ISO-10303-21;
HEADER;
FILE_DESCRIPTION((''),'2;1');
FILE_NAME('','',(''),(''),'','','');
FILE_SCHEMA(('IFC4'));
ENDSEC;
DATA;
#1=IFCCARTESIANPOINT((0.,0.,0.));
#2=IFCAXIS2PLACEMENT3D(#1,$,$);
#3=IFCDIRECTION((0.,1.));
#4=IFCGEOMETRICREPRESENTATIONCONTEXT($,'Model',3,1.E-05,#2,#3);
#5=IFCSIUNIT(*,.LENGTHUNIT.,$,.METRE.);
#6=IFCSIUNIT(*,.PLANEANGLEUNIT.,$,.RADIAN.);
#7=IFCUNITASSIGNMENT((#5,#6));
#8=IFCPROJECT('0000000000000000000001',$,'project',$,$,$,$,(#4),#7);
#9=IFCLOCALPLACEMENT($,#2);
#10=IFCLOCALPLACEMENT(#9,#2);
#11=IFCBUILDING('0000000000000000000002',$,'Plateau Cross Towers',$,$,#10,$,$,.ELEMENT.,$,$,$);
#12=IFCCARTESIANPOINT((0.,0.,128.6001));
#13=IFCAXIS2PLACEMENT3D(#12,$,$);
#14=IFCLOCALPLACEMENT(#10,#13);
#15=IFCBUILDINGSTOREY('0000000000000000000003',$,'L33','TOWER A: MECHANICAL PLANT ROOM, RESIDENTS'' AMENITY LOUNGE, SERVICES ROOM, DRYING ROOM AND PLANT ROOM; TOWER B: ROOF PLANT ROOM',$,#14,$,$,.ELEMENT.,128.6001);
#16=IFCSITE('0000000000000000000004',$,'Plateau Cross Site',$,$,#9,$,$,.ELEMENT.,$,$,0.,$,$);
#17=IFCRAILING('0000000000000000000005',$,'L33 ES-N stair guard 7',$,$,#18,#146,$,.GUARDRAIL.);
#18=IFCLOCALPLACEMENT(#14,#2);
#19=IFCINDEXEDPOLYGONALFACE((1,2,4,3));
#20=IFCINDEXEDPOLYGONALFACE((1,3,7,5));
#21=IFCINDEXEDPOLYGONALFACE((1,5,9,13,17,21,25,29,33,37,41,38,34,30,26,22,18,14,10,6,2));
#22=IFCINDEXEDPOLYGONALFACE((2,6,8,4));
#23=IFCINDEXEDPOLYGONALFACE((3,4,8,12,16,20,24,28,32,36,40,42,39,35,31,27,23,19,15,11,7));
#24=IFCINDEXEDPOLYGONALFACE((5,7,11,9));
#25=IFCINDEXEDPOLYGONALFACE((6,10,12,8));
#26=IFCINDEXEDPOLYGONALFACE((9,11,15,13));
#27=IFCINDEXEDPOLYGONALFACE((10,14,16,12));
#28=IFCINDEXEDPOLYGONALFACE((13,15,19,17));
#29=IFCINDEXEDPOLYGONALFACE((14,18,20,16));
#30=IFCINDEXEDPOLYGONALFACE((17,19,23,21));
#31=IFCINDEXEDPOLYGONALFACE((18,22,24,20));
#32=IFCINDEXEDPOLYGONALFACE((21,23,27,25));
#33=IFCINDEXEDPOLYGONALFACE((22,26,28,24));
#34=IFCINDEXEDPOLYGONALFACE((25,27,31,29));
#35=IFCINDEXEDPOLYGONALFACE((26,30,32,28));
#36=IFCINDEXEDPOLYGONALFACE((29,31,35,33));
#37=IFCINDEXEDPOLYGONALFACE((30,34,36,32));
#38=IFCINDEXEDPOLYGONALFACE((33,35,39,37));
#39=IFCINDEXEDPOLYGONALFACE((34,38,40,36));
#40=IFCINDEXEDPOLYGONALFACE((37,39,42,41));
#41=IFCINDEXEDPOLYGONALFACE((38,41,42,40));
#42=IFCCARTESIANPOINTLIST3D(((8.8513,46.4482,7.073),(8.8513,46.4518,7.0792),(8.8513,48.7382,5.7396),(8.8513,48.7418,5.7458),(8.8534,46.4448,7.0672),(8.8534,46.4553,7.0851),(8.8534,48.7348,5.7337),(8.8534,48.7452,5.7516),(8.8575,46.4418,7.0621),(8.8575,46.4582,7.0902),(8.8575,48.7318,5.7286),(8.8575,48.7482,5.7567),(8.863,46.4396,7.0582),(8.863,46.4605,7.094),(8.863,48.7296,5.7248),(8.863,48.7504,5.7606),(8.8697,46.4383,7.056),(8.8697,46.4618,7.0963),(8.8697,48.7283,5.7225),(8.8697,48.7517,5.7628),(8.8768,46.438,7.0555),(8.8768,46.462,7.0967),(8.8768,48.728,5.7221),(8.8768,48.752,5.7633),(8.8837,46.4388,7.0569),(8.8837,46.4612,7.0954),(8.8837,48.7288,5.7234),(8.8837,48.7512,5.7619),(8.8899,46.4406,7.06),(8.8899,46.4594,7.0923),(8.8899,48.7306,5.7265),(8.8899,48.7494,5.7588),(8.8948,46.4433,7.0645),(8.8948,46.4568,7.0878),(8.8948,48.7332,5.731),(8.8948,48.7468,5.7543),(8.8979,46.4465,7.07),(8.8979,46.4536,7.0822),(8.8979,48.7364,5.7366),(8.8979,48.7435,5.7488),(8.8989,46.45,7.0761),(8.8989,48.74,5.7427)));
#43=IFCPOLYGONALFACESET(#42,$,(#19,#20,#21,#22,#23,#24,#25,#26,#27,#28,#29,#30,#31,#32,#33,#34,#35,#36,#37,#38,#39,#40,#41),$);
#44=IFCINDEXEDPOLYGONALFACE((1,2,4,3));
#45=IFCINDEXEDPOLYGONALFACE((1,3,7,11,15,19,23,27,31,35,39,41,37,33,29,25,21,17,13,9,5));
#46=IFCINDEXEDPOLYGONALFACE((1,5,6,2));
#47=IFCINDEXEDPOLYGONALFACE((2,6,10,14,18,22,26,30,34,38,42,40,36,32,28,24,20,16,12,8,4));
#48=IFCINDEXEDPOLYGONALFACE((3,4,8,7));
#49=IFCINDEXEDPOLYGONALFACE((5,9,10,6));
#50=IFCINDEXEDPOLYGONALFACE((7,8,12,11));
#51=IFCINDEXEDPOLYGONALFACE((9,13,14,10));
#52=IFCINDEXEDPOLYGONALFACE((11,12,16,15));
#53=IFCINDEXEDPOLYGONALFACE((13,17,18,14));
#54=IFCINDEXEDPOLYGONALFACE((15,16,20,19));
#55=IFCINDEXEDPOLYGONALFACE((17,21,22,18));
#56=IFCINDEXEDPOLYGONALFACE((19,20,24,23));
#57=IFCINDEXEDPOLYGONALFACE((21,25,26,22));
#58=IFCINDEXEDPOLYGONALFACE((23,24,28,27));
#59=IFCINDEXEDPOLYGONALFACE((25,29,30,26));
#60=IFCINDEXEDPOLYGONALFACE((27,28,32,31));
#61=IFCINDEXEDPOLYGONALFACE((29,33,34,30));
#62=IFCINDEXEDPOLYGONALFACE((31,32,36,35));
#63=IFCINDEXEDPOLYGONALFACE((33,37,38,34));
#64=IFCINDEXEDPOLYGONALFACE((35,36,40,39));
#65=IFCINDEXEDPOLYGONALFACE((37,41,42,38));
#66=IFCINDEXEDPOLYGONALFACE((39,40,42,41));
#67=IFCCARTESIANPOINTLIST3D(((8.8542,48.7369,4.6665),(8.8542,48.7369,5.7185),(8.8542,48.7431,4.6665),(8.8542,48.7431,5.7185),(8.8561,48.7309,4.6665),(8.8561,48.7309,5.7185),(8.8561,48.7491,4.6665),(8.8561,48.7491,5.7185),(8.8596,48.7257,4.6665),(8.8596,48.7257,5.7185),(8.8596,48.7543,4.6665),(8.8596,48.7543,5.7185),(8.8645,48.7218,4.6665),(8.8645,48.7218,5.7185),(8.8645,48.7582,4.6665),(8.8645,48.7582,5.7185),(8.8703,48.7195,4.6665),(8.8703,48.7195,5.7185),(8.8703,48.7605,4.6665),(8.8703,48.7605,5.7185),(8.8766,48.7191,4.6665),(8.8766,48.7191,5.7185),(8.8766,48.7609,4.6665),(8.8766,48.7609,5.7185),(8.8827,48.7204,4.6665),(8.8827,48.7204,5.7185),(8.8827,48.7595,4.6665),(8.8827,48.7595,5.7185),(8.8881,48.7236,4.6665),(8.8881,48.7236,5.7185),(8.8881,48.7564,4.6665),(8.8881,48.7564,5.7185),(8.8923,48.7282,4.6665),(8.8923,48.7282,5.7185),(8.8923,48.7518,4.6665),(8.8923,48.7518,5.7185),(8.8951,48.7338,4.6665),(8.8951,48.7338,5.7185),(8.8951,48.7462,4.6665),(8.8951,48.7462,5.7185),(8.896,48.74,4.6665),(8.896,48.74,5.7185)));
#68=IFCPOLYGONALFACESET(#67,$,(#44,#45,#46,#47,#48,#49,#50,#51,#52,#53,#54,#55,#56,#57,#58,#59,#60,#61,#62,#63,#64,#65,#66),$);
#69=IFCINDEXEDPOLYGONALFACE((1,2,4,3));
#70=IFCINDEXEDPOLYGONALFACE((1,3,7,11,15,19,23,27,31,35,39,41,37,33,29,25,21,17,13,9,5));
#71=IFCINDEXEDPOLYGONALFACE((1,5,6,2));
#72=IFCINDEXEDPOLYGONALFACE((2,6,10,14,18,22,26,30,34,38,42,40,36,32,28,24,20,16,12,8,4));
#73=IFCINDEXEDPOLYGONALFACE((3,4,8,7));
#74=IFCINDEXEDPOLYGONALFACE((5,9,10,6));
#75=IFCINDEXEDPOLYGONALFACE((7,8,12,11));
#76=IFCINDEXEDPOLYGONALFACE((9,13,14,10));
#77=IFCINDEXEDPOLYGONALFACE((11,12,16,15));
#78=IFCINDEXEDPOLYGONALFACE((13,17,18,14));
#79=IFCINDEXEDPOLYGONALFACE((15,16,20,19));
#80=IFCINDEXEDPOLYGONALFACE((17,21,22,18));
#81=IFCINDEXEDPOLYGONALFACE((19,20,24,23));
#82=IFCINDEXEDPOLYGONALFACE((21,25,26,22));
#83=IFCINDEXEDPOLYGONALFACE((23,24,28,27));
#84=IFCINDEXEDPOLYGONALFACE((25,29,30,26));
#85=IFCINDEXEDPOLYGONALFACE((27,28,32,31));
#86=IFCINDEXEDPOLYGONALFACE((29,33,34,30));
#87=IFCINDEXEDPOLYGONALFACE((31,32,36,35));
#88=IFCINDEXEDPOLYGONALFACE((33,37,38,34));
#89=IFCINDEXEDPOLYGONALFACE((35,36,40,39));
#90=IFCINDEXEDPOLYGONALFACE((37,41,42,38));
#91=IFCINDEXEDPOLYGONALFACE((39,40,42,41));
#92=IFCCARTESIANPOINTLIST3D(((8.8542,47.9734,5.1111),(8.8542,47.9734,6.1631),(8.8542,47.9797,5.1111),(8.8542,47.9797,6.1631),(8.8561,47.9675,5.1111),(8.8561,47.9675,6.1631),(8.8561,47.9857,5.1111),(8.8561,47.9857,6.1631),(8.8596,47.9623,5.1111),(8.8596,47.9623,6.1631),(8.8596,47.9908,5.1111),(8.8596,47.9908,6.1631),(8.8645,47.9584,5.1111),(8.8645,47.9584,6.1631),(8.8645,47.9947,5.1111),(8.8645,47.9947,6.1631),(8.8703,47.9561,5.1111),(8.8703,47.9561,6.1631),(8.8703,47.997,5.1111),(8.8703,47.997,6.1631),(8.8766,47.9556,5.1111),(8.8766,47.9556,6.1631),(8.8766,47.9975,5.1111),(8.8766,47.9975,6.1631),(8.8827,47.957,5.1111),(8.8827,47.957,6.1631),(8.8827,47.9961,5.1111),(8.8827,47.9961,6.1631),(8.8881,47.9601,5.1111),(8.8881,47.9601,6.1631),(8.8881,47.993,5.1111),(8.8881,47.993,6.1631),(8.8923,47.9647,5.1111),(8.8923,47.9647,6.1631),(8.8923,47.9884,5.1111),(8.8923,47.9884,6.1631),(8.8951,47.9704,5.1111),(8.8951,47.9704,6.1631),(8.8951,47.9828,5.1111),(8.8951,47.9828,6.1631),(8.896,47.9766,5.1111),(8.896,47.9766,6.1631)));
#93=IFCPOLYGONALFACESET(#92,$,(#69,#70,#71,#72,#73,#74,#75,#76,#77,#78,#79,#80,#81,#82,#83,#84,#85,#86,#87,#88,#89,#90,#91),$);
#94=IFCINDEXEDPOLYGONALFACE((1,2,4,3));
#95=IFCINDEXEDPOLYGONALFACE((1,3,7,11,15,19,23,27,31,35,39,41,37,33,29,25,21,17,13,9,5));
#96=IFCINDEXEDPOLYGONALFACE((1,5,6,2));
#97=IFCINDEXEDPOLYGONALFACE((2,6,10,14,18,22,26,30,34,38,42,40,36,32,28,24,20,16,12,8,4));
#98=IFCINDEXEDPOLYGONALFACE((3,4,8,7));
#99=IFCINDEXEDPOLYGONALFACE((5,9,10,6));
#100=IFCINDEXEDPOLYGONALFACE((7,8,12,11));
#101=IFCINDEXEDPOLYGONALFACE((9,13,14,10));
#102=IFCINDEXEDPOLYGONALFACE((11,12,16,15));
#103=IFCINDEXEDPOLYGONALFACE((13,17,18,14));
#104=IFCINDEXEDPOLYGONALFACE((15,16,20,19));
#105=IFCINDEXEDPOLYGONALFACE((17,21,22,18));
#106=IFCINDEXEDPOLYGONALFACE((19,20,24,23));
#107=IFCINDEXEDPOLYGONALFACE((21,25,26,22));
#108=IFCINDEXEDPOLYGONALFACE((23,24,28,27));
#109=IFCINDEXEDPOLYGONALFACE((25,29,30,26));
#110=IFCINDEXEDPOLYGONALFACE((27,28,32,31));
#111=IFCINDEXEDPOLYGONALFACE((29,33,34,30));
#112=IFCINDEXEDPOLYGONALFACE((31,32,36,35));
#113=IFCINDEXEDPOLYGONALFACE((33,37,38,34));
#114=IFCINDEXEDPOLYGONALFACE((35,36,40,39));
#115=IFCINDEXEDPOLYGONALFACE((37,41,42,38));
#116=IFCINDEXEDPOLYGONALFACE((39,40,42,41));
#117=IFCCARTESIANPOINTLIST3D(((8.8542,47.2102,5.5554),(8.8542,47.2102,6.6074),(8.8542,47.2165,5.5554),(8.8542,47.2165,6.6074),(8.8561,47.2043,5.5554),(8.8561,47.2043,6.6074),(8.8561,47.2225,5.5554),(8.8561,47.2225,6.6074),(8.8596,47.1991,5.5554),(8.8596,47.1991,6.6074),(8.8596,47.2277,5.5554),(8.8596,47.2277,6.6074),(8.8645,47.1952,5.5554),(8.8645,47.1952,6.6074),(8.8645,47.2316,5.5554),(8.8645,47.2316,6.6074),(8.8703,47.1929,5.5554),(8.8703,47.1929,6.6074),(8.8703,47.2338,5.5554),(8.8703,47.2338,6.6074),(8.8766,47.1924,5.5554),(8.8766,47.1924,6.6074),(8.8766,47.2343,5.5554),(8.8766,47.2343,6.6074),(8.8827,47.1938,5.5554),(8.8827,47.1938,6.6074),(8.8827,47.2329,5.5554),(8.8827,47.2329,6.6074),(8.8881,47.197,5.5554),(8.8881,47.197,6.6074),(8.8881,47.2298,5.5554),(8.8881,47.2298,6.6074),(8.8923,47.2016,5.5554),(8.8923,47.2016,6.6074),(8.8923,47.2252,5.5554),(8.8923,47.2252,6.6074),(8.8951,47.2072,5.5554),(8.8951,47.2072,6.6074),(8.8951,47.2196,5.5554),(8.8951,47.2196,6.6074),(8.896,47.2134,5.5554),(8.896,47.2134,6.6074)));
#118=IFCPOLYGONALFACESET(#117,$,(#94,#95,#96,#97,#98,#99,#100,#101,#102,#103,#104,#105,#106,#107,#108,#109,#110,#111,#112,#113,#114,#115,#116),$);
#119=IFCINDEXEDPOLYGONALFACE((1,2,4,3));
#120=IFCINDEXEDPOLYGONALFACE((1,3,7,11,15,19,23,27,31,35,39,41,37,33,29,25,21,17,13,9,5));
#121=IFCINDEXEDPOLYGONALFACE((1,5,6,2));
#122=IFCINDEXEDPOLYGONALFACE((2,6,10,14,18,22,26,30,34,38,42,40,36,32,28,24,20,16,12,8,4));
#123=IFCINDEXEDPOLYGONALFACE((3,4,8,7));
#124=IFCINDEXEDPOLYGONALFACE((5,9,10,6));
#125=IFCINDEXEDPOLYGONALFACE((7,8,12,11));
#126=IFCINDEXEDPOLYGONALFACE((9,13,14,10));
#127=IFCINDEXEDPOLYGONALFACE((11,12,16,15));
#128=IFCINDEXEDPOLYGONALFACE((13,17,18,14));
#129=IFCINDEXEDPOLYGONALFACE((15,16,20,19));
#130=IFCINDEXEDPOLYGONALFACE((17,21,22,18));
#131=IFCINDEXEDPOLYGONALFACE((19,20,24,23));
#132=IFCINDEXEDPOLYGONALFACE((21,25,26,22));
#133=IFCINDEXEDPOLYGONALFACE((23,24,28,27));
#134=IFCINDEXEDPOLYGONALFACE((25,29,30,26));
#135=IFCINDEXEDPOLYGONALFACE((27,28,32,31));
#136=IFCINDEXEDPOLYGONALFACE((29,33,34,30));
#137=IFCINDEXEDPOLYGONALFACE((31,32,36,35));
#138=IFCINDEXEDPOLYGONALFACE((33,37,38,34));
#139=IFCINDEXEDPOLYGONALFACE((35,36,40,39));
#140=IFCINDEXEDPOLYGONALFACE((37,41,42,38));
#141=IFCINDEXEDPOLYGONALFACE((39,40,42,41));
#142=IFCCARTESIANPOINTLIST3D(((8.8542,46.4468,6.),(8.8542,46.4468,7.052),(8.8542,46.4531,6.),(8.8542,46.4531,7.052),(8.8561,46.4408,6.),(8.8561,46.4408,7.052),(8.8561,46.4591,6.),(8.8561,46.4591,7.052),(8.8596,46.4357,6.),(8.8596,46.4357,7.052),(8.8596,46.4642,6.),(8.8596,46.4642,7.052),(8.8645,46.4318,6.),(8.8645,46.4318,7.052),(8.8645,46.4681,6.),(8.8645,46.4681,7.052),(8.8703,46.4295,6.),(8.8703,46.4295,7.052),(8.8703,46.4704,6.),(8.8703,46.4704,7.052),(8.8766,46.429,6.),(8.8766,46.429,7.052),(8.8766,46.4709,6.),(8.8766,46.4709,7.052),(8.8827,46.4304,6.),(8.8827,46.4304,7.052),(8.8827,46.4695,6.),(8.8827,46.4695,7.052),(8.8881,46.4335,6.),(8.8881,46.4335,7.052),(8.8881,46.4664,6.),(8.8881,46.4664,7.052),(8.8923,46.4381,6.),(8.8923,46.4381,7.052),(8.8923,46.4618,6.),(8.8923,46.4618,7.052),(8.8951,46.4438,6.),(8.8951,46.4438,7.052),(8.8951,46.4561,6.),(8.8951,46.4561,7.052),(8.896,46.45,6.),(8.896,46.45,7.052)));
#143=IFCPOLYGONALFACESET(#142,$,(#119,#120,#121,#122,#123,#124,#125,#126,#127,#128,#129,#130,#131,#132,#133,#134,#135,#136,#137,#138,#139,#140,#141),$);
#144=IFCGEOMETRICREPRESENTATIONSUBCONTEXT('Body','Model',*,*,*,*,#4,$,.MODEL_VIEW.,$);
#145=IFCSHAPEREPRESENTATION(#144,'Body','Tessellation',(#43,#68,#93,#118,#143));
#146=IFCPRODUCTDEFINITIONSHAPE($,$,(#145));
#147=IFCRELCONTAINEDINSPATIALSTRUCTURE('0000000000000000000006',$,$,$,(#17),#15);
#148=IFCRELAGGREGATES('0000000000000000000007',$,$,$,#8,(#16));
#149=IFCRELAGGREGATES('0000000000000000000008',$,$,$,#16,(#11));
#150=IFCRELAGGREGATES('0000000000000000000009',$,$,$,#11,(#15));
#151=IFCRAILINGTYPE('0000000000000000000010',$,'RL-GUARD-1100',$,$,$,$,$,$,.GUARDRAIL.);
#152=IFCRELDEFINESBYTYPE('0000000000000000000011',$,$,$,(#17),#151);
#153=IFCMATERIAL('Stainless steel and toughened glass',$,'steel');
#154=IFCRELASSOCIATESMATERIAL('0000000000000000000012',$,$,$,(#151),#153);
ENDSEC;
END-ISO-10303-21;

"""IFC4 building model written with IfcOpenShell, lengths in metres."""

from ifc_helpers import new_model, si_unit, direction, frame, origin, origin_2d, place, context, subcontext, project, spatial, circle, extrude, material, type_object, element, save


model = new_model("IFC4")

# Units and contexts
model_context = context("Model", 3, precision=1e-05, world=origin(), true_north=direction((0.0, 1.0)))
body_context = subcontext(model_context, "Body", "Model", "MODEL_VIEW")
ifc_project = project(units=[si_unit("LENGTHUNIT", "METRE"), si_unit("PLANEANGLEUNIT", "RADIAN")], contexts=[model_context])

# Site, building, storey
site_placement = place(None, origin())
site = spatial("IfcSite", under=ifc_project, at=site_placement, Name="Plateau Cross Site", CompositionType="ELEMENT", RefElevation=0.0)
building_placement = place(site_placement, origin())
building = spatial("IfcBuilding", under=site, at=building_placement, Name="Plateau Cross Towers", CompositionType="ELEMENT")
storey_placement = place(building_placement, frame((0.0, 0.0, 128.6001)))
storey = spatial("IfcBuildingStorey", under=building, at=storey_placement, Name="L33", Description="TOWER A: MECHANICAL PLANT ROOM, RESIDENTS' AMENITY LOUNGE, SERVICES ROOM, DRYING ROOM AND PLANT ROOM; TOWER B: ROOF PLANT ROOM", CompositionType="ELEMENT", Elevation=128.6001)

# Railing
ifc_material_1 = material(Name="Stainless steel and toughened glass", Category="steel")
railing_type_1 = type_object("IfcRailingType", Name="RL-GUARD-1100", PredefinedType="GUARDRAIL", material=ifc_material_1)
railing_1_placement = place(storey_placement, frame((8.875, 48.74, 4.6665)))
element("IfcRailing", 1, at=railing_1_placement, inside=storey, type_object=railing_type_1, Name="L33 ES-N stair guard 7", PredefinedType="GUARDRAIL", context=body_context, shape_type="SweptSolid", body=[
    extrude(circle(Radius=0.0239, at=origin_2d()), frame((0.0, 0.0, 1.0762), z_axis=(0.0, -0.864166, 0.503206), x_axis=(1.0, 0.0, 0.0)), (0.0, 0.0, 1.0), 2.6499),
    extrude(circle(Radius=0.021, at=origin_2d()), origin(), (0.0, 0.0, 1.0), 1.052),
    extrude(circle(Radius=0.021, at=origin_2d()), frame((0.0, -0.7634, 0.4446)), (0.0, 0.0, 1.0), 1.052),
    extrude(circle(Radius=0.021, at=origin_2d()), frame((0.0, -1.5266, 0.8889)), (0.0, 0.0, 1.0), 1.052),
    extrude(circle(Radius=0.021, at=origin_2d()), frame((0.0, -2.29, 1.3335)), (0.0, 0.0, 1.0), 1.052),
])

save(model, "model.ifc")
